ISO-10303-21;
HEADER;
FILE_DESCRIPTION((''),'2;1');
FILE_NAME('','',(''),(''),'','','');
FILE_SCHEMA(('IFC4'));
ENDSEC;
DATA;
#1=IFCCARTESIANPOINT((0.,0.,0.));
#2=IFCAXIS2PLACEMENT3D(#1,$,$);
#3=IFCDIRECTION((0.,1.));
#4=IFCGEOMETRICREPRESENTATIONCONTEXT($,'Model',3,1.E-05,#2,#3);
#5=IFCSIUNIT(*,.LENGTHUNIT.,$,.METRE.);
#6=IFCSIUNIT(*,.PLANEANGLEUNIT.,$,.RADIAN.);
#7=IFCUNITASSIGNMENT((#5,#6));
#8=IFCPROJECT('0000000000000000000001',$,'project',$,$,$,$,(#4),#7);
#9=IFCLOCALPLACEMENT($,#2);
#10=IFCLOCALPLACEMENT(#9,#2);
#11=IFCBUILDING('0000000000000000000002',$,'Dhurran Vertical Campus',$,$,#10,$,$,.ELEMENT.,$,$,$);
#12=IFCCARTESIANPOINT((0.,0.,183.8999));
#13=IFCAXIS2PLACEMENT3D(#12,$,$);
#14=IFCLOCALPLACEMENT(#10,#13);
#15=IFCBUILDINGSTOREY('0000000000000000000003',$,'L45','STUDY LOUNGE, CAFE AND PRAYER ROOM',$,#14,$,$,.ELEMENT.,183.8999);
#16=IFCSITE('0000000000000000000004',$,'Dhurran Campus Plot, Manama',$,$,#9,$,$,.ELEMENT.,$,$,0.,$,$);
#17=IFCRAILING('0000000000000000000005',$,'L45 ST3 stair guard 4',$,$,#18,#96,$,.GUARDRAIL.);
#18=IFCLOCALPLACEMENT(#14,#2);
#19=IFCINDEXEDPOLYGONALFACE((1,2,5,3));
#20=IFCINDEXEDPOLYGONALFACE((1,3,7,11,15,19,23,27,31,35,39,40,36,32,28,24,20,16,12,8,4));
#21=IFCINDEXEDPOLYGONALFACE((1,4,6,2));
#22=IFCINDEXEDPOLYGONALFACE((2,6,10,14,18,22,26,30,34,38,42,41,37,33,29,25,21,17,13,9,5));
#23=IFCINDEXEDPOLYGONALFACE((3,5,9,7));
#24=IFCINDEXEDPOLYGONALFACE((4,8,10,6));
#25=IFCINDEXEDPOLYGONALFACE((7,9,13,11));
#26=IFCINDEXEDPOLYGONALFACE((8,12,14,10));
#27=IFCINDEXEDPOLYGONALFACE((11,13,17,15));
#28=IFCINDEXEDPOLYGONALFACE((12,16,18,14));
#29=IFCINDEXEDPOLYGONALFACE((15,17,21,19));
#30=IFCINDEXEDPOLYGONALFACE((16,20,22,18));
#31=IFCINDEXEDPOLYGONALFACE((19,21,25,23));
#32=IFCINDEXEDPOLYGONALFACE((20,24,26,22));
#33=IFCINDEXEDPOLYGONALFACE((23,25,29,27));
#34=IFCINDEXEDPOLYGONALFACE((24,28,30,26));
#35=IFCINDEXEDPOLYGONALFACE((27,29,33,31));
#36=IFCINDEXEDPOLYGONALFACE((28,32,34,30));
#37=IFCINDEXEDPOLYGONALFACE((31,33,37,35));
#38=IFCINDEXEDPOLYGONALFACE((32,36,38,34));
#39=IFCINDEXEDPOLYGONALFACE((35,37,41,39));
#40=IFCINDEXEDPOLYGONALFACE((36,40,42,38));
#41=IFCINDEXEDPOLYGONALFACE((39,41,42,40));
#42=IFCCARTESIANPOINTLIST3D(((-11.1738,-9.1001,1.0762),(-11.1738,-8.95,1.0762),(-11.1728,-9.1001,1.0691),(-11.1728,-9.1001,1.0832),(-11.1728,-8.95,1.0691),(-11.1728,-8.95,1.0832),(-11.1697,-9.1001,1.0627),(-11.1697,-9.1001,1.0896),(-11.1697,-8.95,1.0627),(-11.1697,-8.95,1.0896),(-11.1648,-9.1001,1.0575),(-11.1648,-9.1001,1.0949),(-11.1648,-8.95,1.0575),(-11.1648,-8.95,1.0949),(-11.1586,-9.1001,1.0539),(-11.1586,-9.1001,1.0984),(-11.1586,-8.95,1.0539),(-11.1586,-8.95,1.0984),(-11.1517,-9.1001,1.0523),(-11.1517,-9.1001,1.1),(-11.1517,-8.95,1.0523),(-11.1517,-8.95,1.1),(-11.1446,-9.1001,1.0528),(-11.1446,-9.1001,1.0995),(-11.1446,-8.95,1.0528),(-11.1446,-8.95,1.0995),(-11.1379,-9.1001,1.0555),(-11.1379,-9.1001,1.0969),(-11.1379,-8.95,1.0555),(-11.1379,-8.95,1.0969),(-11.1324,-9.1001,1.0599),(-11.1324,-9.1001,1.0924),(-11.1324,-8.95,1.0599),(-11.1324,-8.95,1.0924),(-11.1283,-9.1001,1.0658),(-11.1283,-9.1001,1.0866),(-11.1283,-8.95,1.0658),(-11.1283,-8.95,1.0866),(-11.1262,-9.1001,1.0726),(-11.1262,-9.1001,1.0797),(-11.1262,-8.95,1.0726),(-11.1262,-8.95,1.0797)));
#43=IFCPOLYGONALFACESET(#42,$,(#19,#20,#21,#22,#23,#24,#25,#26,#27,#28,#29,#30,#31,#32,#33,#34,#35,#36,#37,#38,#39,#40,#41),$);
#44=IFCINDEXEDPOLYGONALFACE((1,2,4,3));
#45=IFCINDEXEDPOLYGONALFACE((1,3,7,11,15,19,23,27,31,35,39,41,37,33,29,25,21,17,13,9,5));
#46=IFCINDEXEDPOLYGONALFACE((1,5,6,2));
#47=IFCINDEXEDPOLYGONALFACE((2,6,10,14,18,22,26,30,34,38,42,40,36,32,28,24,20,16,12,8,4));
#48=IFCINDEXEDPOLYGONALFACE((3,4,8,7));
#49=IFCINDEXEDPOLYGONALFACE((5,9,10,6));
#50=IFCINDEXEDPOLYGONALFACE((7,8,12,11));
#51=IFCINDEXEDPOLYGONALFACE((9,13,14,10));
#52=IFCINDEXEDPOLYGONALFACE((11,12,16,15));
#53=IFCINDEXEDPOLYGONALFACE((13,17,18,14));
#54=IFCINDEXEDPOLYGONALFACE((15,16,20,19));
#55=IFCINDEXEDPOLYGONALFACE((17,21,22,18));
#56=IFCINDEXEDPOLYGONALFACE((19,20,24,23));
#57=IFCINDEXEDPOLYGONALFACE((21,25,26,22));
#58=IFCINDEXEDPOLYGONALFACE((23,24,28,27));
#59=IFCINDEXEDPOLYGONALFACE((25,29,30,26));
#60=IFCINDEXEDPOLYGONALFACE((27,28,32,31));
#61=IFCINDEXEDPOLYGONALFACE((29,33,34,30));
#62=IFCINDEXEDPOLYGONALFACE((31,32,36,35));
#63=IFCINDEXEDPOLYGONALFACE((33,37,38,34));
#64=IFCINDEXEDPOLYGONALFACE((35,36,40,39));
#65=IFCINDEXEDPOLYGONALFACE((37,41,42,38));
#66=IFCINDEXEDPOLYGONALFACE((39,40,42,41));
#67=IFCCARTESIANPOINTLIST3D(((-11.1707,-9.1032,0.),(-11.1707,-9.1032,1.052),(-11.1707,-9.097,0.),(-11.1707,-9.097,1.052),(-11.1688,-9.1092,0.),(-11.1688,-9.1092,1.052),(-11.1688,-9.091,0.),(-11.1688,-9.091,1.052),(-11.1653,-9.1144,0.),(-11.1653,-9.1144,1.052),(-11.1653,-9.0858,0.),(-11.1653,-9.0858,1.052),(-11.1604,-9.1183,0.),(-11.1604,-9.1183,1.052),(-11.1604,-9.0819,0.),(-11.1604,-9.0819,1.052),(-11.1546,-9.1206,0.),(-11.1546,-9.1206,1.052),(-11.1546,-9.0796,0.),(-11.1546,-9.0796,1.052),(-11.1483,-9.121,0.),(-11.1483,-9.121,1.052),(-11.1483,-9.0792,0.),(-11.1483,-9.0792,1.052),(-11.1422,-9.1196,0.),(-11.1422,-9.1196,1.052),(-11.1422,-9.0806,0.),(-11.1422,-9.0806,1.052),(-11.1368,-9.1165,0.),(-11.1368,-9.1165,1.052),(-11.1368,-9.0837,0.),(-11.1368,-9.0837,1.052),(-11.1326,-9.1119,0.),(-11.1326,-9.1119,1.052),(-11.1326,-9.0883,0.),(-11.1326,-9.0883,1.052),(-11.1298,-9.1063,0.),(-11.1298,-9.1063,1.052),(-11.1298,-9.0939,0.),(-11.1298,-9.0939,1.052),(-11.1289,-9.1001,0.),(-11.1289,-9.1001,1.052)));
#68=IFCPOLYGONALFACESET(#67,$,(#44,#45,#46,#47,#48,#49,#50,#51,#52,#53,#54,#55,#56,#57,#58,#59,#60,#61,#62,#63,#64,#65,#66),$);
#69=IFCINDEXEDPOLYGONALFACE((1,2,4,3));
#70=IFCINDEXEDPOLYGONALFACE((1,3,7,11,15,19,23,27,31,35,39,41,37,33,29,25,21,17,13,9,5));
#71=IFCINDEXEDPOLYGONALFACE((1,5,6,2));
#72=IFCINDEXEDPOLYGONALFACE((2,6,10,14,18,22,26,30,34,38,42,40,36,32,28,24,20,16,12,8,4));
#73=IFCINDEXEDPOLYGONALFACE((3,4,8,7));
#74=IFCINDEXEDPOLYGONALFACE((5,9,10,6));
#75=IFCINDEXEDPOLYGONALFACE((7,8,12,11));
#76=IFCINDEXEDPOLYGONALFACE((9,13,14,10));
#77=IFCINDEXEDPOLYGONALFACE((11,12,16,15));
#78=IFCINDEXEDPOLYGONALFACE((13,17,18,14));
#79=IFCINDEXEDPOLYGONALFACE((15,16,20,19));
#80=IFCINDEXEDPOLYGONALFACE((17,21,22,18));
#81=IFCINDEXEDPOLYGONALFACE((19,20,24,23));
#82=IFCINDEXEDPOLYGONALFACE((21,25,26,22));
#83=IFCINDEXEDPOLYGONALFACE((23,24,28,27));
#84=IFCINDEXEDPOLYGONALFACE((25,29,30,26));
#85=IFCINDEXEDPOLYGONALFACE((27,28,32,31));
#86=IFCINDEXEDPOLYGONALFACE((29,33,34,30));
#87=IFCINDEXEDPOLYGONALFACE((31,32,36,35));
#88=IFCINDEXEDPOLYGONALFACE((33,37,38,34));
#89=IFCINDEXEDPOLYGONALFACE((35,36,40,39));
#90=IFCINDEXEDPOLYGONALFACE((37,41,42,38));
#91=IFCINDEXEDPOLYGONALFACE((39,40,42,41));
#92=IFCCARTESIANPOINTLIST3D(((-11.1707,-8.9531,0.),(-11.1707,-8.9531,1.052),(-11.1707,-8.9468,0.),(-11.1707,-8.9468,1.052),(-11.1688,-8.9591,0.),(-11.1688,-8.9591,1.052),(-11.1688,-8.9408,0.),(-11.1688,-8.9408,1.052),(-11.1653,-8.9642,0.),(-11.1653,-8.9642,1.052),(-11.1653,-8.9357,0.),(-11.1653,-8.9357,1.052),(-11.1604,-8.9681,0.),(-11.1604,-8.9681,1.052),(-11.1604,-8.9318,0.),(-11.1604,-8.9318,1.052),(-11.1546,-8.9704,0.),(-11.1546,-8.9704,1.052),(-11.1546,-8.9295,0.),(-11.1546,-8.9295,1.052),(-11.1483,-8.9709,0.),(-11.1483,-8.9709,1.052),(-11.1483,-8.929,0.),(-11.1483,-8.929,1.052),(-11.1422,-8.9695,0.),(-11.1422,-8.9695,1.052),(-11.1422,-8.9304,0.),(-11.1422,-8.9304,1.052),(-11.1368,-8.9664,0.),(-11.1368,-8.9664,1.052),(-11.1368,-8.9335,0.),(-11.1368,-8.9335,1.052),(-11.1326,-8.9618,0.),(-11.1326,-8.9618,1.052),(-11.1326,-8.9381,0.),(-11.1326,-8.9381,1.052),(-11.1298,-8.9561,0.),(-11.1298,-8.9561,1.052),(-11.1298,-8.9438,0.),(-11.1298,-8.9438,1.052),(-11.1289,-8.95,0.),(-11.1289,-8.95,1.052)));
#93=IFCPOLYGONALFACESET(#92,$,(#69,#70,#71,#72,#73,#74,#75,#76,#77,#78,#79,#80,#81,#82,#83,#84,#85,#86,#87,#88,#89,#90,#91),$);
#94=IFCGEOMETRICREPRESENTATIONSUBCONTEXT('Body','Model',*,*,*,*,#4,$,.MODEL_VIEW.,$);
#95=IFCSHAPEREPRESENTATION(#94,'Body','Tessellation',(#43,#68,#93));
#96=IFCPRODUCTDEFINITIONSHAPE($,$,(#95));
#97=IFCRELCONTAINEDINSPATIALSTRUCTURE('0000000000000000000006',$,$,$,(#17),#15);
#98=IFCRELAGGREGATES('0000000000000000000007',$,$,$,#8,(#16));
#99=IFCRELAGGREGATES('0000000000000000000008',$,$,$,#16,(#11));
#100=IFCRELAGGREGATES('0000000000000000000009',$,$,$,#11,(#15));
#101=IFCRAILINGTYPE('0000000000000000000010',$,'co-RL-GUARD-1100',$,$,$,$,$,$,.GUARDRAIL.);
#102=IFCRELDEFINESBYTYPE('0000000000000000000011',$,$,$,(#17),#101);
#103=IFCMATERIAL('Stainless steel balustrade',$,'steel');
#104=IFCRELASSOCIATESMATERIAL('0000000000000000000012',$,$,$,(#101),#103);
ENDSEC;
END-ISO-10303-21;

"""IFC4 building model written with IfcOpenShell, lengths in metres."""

from ifc_helpers import new_model, si_unit, direction, frame, origin, origin_2d, place, context, subcontext, project, spatial, circle, extrude, material, type_object, element, save


model = new_model("IFC4")

# Units and contexts
model_context = context("Model", 3, precision=1e-05, world=origin(), true_north=direction((0.0, 1.0)))
body_context = subcontext(model_context, "Body", "Model", "MODEL_VIEW")
ifc_project = project(units=[si_unit("LENGTHUNIT", "METRE"), si_unit("PLANEANGLEUNIT", "RADIAN")], contexts=[model_context])

# Site, building, storey
site_placement = place(None, origin())
site = spatial("IfcSite", under=ifc_project, at=site_placement, Name="Dhurran Campus Plot, Manama", CompositionType="ELEMENT", RefElevation=0.0)
building_placement = place(site_placement, origin())
building = spatial("IfcBuilding", under=site, at=building_placement, Name="Dhurran Vertical Campus", CompositionType="ELEMENT")
storey_placement = place(building_placement, frame((0.0, 0.0, 183.8999)))
storey = spatial("IfcBuildingStorey", under=building, at=storey_placement, Name="L45", Description="STUDY LOUNGE, CAFE AND PRAYER ROOM", CompositionType="ELEMENT", Elevation=183.8999)

# Railing
ifc_material_1 = material(Name="Stainless steel balustrade", Category="steel")
railing_type_1 = type_object("IfcRailingType", Name="co-RL-GUARD-1100", PredefinedType="GUARDRAIL", material=ifc_material_1)
railing_1_placement = place(storey_placement, frame((-11.1499, -9.1001, 0.0)))
element("IfcRailing", 1, at=railing_1_placement, inside=storey, type_object=railing_type_1, Name="L45 ST3 stair guard 4", PredefinedType="GUARDRAIL", context=body_context, shape_type="SweptSolid", body=[
    extrude(circle(Radius=0.0239, at=origin_2d()), frame((0.0, 0.0, 1.0762), z_axis=(0.0, 1.0, 0.0), x_axis=(-1.0, 0.0, 0.0)), (0.0, 0.0, 1.0), 0.1501),
    extrude(circle(Radius=0.021, at=origin_2d()), origin(), (0.0, 0.0, 1.0), 1.052),
    extrude(circle(Radius=0.021, at=origin_2d()), frame((0.0, 0.1501, 0.0)), (0.0, 0.0, 1.0), 1.052),
])

save(model, "model.ifc")
